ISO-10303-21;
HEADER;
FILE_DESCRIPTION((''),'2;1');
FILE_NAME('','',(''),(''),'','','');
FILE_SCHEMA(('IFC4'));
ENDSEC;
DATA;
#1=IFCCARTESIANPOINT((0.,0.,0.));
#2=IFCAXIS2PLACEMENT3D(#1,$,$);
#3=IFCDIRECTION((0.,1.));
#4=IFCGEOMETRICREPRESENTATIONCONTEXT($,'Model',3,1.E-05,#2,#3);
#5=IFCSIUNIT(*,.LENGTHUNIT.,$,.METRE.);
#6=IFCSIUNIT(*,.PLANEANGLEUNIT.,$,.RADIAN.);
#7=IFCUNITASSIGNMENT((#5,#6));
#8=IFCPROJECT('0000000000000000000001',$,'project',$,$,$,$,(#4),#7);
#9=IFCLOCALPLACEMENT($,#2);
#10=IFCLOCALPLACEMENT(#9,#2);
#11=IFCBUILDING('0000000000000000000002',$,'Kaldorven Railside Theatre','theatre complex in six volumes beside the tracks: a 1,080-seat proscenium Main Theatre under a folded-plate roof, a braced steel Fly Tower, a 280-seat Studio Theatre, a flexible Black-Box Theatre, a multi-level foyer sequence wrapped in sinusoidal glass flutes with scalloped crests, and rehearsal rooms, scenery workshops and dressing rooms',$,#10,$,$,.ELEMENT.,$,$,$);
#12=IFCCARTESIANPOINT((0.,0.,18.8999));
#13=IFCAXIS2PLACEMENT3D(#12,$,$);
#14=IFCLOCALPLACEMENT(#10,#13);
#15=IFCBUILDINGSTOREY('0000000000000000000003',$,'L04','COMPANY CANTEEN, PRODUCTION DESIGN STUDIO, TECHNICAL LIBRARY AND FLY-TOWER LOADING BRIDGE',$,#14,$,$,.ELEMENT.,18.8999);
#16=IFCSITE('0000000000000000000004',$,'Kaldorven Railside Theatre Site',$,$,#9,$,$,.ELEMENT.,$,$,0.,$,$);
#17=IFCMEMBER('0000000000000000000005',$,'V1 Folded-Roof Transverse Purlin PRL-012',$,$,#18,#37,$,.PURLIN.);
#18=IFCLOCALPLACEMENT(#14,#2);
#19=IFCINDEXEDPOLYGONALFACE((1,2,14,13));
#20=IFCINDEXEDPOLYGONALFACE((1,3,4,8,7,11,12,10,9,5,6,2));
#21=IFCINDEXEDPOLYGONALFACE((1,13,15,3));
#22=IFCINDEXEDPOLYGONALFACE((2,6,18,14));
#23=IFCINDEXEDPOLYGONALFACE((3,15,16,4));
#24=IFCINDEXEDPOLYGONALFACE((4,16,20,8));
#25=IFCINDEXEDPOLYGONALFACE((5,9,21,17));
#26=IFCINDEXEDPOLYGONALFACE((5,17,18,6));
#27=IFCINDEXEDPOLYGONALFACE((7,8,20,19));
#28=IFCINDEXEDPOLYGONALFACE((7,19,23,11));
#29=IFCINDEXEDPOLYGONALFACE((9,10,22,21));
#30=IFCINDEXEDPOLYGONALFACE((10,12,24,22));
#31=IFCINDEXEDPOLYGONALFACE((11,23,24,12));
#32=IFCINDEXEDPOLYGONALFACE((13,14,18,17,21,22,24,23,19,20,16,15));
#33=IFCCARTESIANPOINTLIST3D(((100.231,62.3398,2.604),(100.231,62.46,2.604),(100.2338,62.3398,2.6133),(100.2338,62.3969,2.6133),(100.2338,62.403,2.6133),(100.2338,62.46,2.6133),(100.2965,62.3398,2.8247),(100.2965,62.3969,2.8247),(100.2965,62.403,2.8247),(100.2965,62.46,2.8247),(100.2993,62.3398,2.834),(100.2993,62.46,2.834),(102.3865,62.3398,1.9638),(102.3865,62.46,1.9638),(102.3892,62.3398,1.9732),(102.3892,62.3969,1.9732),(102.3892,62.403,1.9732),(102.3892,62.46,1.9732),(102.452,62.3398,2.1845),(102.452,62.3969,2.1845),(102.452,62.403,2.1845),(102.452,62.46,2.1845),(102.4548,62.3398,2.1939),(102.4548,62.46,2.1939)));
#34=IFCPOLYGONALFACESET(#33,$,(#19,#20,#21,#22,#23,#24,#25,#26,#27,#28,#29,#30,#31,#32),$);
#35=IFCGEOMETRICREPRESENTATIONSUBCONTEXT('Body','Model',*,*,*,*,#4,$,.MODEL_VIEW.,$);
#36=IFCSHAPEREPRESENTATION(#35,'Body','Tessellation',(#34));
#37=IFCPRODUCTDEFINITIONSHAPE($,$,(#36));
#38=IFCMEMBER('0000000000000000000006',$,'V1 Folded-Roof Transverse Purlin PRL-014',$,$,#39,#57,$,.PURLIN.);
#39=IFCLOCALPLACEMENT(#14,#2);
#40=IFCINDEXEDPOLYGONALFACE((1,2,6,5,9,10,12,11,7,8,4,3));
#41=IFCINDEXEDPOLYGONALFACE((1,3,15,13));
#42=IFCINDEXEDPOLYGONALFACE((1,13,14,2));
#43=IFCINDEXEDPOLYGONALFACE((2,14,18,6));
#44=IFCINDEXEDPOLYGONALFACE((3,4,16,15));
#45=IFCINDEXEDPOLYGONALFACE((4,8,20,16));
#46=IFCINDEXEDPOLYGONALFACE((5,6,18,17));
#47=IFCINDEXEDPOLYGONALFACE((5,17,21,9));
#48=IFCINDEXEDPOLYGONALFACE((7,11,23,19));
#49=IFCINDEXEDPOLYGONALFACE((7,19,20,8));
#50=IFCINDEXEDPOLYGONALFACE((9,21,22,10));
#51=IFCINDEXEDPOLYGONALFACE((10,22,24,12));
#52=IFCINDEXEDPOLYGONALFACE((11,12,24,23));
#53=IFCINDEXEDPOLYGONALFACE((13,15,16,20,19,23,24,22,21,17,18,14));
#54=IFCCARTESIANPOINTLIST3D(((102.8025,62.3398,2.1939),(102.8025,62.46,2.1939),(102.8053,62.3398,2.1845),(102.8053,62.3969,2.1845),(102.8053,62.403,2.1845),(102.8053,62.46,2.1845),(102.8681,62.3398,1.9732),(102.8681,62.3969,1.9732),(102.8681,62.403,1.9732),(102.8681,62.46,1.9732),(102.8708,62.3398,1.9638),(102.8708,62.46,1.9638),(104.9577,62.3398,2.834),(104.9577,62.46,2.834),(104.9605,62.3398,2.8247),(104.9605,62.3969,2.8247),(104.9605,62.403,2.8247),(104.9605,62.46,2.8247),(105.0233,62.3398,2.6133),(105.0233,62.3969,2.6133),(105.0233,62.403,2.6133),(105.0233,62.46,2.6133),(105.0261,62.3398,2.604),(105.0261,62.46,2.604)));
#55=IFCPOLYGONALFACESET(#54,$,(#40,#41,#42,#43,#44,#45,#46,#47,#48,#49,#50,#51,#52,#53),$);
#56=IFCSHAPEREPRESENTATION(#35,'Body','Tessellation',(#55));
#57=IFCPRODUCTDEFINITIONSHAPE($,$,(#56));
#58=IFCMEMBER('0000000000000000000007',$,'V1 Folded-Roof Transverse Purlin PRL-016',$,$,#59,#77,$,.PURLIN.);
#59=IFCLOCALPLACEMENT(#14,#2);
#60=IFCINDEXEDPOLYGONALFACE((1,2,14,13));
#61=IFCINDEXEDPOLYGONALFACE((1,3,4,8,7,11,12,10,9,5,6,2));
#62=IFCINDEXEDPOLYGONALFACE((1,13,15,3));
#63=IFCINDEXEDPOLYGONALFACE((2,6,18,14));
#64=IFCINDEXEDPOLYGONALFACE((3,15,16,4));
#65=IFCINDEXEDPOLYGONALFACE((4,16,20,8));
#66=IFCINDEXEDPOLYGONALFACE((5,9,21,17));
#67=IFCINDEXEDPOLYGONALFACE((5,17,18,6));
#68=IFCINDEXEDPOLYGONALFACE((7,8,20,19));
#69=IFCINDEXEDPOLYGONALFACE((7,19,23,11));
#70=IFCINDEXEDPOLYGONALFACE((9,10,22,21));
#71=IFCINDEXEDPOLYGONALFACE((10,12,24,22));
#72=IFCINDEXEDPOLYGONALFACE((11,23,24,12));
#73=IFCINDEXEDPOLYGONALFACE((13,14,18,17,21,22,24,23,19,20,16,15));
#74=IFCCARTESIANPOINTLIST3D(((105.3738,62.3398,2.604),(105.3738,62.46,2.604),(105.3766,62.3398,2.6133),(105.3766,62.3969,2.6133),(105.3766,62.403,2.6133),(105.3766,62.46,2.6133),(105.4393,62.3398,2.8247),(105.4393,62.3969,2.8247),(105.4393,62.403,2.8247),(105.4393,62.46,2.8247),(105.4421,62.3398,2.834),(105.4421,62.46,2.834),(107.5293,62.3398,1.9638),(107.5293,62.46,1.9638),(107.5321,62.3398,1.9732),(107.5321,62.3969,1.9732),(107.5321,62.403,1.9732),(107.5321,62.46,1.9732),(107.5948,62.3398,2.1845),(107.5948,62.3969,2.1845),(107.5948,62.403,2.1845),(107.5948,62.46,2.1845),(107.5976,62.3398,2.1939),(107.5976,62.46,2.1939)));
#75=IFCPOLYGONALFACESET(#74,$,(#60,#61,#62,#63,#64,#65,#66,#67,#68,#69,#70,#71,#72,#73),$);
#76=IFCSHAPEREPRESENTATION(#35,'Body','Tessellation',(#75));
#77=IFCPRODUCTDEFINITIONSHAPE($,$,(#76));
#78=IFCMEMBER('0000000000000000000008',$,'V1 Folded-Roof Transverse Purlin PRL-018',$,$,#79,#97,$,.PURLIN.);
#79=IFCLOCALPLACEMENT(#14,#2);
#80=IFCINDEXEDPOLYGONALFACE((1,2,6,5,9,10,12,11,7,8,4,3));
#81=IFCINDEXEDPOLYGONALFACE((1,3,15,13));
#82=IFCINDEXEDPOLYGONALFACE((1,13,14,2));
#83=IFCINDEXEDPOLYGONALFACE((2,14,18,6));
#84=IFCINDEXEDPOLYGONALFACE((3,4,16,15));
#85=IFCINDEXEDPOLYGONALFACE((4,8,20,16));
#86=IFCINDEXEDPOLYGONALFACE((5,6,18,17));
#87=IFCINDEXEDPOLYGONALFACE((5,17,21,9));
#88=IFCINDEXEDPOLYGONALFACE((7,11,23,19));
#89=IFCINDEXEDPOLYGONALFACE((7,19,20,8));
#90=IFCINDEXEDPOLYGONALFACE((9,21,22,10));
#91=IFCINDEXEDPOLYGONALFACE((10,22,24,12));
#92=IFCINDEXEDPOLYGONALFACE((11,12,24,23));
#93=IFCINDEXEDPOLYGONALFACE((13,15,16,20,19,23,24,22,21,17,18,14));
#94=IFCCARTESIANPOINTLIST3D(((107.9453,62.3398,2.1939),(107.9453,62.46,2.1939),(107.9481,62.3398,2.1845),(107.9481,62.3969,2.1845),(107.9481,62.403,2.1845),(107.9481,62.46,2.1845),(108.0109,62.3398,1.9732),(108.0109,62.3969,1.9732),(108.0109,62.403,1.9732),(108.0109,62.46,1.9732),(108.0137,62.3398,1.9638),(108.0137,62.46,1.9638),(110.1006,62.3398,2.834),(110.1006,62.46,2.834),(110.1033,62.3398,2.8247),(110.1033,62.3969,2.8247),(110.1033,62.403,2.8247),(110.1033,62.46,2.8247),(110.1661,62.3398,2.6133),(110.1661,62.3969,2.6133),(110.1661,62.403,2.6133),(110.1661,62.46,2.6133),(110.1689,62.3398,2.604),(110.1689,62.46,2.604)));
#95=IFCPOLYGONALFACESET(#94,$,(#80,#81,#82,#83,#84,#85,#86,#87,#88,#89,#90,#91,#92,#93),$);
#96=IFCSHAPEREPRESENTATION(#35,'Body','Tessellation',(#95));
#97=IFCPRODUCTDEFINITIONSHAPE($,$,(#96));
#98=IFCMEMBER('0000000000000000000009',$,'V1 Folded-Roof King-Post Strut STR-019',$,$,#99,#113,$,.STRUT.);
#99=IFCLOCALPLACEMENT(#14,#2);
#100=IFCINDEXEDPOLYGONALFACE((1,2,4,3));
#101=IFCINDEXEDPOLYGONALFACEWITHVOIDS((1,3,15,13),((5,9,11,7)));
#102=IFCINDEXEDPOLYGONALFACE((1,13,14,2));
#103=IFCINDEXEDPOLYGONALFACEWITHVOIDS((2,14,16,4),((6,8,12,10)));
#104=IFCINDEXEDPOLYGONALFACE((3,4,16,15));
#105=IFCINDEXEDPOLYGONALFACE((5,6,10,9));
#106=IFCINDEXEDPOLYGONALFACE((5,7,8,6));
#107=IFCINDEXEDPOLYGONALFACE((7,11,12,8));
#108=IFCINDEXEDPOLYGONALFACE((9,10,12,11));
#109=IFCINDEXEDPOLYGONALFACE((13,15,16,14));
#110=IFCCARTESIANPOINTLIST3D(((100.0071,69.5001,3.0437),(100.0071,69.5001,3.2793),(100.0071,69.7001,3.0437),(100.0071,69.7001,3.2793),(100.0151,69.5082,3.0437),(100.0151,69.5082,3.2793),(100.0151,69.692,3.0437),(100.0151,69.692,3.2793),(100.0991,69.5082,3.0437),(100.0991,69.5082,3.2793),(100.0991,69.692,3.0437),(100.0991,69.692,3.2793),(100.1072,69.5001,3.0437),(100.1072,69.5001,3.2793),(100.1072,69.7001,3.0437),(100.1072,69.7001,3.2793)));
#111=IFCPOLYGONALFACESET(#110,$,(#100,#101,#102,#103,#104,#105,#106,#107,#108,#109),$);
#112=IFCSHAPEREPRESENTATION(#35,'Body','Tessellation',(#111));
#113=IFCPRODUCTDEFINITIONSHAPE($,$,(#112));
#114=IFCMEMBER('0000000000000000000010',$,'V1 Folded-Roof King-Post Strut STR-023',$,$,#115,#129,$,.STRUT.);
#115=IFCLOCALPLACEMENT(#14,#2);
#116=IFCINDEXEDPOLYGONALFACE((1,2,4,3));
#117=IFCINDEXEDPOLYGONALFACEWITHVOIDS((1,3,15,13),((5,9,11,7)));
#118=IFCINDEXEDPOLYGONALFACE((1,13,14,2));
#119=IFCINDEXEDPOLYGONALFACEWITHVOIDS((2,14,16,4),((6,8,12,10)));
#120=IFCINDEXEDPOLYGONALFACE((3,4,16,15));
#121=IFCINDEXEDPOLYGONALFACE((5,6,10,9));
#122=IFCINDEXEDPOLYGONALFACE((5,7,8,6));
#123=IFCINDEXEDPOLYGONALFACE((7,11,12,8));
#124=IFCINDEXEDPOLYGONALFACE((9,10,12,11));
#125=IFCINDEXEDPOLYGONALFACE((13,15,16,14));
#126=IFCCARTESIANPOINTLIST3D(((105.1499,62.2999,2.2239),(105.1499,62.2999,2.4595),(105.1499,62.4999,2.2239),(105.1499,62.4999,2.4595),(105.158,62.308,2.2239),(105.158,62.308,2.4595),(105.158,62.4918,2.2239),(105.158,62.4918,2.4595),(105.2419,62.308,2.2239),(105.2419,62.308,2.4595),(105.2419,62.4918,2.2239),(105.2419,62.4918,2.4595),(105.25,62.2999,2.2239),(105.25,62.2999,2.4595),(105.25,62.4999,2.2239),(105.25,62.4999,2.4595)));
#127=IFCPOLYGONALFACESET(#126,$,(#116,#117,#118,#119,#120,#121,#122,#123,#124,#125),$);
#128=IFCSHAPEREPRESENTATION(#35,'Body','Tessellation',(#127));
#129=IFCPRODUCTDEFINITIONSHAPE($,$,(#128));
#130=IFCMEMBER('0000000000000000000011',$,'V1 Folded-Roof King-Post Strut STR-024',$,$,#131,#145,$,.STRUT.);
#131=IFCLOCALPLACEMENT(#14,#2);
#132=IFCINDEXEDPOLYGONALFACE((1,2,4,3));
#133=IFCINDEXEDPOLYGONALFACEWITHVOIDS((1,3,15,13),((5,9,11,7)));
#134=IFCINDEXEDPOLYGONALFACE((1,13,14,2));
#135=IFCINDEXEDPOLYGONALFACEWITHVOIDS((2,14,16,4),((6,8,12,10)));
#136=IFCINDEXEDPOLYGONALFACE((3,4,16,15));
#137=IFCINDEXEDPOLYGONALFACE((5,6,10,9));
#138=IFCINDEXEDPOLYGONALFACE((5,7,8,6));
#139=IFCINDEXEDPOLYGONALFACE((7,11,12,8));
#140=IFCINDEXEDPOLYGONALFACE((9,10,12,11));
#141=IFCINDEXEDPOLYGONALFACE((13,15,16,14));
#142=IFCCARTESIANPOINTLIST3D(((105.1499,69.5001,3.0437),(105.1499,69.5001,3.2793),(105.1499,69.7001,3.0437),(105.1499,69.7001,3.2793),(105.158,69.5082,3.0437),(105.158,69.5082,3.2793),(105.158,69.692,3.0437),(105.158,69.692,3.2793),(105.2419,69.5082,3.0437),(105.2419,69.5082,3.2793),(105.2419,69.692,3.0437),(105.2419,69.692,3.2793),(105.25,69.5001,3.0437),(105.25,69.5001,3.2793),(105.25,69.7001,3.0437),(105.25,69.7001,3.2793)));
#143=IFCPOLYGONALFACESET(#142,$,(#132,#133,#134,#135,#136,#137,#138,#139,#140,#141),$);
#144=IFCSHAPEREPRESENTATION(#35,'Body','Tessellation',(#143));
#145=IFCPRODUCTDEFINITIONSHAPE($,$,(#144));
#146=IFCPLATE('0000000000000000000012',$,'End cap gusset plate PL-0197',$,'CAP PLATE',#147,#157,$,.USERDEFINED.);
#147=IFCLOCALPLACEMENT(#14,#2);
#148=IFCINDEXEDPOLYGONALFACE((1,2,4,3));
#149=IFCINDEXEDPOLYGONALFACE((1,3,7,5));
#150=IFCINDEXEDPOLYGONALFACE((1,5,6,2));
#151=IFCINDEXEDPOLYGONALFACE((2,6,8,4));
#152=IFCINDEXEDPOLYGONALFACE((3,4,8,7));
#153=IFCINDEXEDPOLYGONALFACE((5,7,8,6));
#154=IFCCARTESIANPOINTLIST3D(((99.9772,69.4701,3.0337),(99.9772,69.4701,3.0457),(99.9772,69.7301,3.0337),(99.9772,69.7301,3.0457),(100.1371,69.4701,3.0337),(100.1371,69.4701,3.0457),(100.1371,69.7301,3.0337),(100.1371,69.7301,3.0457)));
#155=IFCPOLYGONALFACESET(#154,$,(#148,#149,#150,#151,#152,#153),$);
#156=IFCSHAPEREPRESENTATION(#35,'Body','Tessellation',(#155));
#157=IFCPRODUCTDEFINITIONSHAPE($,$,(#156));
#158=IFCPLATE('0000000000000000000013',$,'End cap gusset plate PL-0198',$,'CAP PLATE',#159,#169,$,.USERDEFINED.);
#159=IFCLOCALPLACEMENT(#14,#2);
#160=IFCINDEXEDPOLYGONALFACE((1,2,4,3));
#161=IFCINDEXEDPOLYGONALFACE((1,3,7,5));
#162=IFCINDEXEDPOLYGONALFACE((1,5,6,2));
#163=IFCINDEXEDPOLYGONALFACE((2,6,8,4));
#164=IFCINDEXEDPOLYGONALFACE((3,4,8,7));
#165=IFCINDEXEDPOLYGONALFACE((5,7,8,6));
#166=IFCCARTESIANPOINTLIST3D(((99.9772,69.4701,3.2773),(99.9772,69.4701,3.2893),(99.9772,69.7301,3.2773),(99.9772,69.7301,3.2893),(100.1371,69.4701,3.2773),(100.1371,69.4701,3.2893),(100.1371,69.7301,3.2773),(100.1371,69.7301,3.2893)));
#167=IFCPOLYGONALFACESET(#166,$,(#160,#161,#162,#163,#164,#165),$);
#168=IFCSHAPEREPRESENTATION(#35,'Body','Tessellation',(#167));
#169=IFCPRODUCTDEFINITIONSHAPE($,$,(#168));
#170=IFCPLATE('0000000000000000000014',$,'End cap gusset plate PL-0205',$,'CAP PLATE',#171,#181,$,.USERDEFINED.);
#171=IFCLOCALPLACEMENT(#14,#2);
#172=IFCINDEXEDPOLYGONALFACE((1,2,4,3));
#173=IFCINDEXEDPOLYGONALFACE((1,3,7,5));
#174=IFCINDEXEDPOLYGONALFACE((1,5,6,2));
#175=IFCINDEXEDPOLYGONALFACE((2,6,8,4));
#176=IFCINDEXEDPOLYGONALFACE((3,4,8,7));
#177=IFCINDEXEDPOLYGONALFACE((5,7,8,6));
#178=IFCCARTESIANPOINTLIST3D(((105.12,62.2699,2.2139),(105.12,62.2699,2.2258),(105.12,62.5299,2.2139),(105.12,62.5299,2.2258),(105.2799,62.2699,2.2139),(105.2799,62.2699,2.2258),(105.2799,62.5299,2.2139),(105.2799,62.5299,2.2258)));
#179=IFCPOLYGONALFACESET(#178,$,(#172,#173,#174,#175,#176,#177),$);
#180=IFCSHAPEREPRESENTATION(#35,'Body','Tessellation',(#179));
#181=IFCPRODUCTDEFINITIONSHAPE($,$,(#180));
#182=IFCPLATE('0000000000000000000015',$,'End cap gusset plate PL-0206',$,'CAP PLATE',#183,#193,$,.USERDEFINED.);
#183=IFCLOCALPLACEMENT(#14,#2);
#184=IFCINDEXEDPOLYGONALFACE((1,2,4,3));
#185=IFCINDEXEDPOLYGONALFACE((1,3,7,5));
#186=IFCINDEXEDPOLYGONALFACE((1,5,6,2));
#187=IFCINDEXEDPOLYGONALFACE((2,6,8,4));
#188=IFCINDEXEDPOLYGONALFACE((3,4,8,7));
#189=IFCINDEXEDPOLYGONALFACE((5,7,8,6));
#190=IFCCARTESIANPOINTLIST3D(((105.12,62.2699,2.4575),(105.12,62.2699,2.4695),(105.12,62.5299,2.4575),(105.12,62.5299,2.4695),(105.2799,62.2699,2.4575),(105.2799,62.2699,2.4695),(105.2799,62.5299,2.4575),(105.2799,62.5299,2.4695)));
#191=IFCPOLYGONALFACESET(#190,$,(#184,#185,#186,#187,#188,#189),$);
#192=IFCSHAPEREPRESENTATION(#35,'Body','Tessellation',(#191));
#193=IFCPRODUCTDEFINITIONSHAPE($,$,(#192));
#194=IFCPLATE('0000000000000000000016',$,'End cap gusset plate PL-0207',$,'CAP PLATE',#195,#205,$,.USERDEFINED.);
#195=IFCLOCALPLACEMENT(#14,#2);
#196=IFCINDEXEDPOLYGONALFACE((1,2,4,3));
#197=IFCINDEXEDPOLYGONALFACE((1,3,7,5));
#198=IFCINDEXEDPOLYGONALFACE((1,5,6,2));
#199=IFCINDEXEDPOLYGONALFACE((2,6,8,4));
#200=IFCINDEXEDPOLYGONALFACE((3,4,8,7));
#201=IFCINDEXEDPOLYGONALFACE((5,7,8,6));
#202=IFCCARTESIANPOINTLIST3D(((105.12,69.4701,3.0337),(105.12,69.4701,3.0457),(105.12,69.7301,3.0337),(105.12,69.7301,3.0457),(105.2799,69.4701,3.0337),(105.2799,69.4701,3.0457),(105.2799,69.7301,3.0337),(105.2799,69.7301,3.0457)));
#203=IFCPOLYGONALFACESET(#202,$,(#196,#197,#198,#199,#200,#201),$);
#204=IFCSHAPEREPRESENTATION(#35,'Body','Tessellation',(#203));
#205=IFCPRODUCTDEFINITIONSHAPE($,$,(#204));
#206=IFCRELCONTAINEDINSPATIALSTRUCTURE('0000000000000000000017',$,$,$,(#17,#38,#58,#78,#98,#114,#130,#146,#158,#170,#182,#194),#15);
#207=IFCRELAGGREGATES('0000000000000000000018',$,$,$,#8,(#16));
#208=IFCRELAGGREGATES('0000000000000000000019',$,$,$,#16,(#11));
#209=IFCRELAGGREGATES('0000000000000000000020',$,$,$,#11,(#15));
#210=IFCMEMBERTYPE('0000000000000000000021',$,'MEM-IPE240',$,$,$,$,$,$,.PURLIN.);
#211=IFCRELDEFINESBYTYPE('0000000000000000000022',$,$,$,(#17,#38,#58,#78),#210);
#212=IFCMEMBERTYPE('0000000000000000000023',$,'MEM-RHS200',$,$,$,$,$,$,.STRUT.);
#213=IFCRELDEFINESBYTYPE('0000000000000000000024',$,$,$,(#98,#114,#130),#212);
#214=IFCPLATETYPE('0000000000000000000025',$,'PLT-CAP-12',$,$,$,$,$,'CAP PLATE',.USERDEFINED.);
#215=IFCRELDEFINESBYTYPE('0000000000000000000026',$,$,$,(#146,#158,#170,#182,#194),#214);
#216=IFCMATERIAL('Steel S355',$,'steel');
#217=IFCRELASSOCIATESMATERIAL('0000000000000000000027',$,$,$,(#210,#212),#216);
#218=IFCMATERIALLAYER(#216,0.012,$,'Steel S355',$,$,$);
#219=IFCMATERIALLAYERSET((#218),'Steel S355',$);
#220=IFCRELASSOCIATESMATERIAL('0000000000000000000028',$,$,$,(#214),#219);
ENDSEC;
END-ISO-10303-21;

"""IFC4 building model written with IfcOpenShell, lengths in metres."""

from ifc_helpers import new_model, si_unit, direction, frame, origin, origin_2d, place, context, subcontext, project, spatial, rectangle, hollow_rectangle, i_section, extrude, material, layer, layer_set, material_profile, profile_set, type_object, element, save


model = new_model("IFC4")

# Units and contexts
model_context = context("Model", 3, precision=1e-05, world=origin(), true_north=direction((0.0, 1.0)))
body_context = subcontext(model_context, "Body", "Model", "MODEL_VIEW")
ifc_project = project(units=[si_unit("LENGTHUNIT", "METRE"), si_unit("PLANEANGLEUNIT", "RADIAN")], contexts=[model_context])

# Site, building, storey
site_placement = place(None, origin())
site = spatial("IfcSite", under=ifc_project, at=site_placement, Name="Kaldorven Railside Theatre Site", CompositionType="ELEMENT", RefElevation=0.0)
building_placement = place(site_placement, origin())
building = spatial("IfcBuilding", under=site, at=building_placement, Name="Kaldorven Railside Theatre", Description="theatre complex in six volumes beside the tracks: a 1,080-seat proscenium Main Theatre under a folded-plate roof, a braced steel Fly Tower, a 280-seat Studio Theatre, a flexible Black-Box Theatre, a multi-level foyer sequence wrapped in sinusoidal glass flutes with scalloped crests, and rehearsal rooms, scenery workshops and dressing rooms", CompositionType="ELEMENT")
storey_placement = place(building_placement, frame((0.0, 0.0, 18.8999)))
storey = spatial("IfcBuildingStorey", under=building, at=storey_placement, Name="L04", Description="COMPANY CANTEEN, PRODUCTION DESIGN STUDIO, TECHNICAL LIBRARY AND FLY-TOWER LOADING BRIDGE", CompositionType="ELEMENT", Elevation=18.8999)

# Shared definitions
ifc_material = material(Name="Steel S355", Category="steel")

# Members
ifc_material_profile_1 = material_profile(ifc_material, i_section(OverallWidth=0.1201, OverallDepth=0.24, WebThickness=0.0061, FlangeThickness=0.0098, at=origin_2d()), Name="IPE 240")
ifc_profile_set_1 = profile_set([ifc_material_profile_1], Name="Steel S355")
member_type_1 = type_object("IfcMemberType", Name="MEM-IPE240", PredefinedType="PURLIN", material=ifc_profile_set_1)
member_1_placement = place(storey_placement, frame((100.2651, 62.3999, 2.719), z_axis=(0.95862, 0.0, -0.284687), x_axis=(0.0, 1.0, 0.0)))
element("IfcMember", 1, at=member_1_placement, inside=storey, type_object=member_type_1, Name="V1 Folded-Roof Transverse Purlin PRL-012", PredefinedType="PURLIN", context=body_context, shape_type="SweptSolid", body=[
    extrude(i_section(OverallWidth=0.1201, OverallDepth=0.24, WebThickness=0.0061, FlangeThickness=0.0098, at=origin_2d()), origin(), (0.0, 0.0, 1.0), 2.2485),
])
member_2_placement = place(storey_placement, frame((102.8367, 62.3999, 2.0789), z_axis=(0.958612, 0.0, 0.284717), x_axis=(0.0, 1.0, 0.0)))
element("IfcMember", 2, at=member_2_placement, inside=storey, type_object=member_type_1, Name="V1 Folded-Roof Transverse Purlin PRL-014", PredefinedType="PURLIN", context=body_context, shape_type="SweptSolid", body=[
    extrude(i_section(OverallWidth=0.1201, OverallDepth=0.24, WebThickness=0.0061, FlangeThickness=0.0098, at=origin_2d()), origin(), (0.0, 0.0, 1.0), 2.2483),
])
member_3_placement = place(storey_placement, frame((105.408, 62.3999, 2.719), z_axis=(0.95862, 0.0, -0.284687), x_axis=(0.0, 1.0, 0.0)))
element("IfcMember", 3, at=member_3_placement, inside=storey, type_object=member_type_1, Name="V1 Folded-Roof Transverse Purlin PRL-016", PredefinedType="PURLIN", context=body_context, shape_type="SweptSolid", body=[
    extrude(i_section(OverallWidth=0.1201, OverallDepth=0.24, WebThickness=0.0061, FlangeThickness=0.0098, at=origin_2d()), origin(), (0.0, 0.0, 1.0), 2.2485),
])
member_4_placement = place(storey_placement, frame((107.9795, 62.3999, 2.0789), z_axis=(0.958612, 0.0, 0.284717), x_axis=(0.0, 1.0, 0.0)))
element("IfcMember", 4, at=member_4_placement, inside=storey, type_object=member_type_1, Name="V1 Folded-Roof Transverse Purlin PRL-018", PredefinedType="PURLIN", context=body_context, shape_type="SweptSolid", body=[
    extrude(i_section(OverallWidth=0.1201, OverallDepth=0.24, WebThickness=0.0061, FlangeThickness=0.0098, at=origin_2d()), origin(), (0.0, 0.0, 1.0), 2.2483),
])
ifc_material_profile_2 = material_profile(ifc_material, hollow_rectangle(XDim=0.1001, YDim=0.2, WallThickness=0.0081, at=origin_2d()), Name="RHS 200x100x8")
ifc_profile_set_2 = profile_set([ifc_material_profile_2], Name="Steel S355")
member_type_2 = type_object("IfcMemberType", Name="MEM-RHS200", PredefinedType="STRUT", material=ifc_profile_set_2)
for number, where, z_axis, x_axis, name in (
    (5, (100.0571, 69.6001, 3.0437), (0.0, 0.0, 1.0), (1.0, 0.0, 0.0), "V1 Folded-Roof King-Post Strut STR-019"),
    (6, (105.2, 62.3999, 2.2239), (0.0, 0.0, 1.0), (1.0, 0.0, 0.0), "V1 Folded-Roof King-Post Strut STR-023"),
    (7, (105.2, 69.6001, 3.0437), (0.0, 0.0, 1.0), (1.0, 0.0, 0.0), "V1 Folded-Roof King-Post Strut STR-024"),
):
    element("IfcMember", number, at=place(storey_placement, frame(where, z_axis=z_axis, x_axis=x_axis)), inside=storey, type_object=member_type_2, Name=name, PredefinedType="STRUT", context=body_context, shape_type="SweptSolid", body=[
        extrude(hollow_rectangle(XDim=0.1001, YDim=0.2, WallThickness=0.0081, at=origin_2d()), origin(), (0.0, 0.0, 1.0), 0.2356),
    ])

# Plates
ifc_layer = layer(ifc_material, 0.012, Name="Steel S355")
ifc_layer_set = layer_set([ifc_layer], Name="Steel S355")
plate_type = type_object("IfcPlateType", Name="PLT-CAP-12", ElementType="CAP PLATE", PredefinedType="USERDEFINED", material=ifc_layer_set)
for number, where, z_axis, x_axis, name in (
    (8, (100.0571, 69.6001, 3.0337), (0.0, 0.0, 1.0), (1.0, 0.0, 0.0), "End cap gusset plate PL-0197"),
    (9, (100.0571, 69.6001, 3.2773), (0.0, 0.0, 1.0), (1.0, 0.0, 0.0), "End cap gusset plate PL-0198"),
    (10, (105.2, 62.3999, 2.2139), (0.0, 0.0, 1.0), (1.0, 0.0, 0.0), "End cap gusset plate PL-0205"),
    (11, (105.2, 62.3999, 2.4575), (0.0, 0.0, 1.0), (1.0, 0.0, 0.0), "End cap gusset plate PL-0206"),
    (12, (105.2, 69.6001, 3.0337), (0.0, 0.0, 1.0), (1.0, 0.0, 0.0), "End cap gusset plate PL-0207"),
):
    element("IfcPlate", number, at=place(storey_placement, frame(where, z_axis=z_axis, x_axis=x_axis)), inside=storey, type_object=plate_type, Name=name, ObjectType="CAP PLATE", PredefinedType="USERDEFINED", context=body_context, shape_type="SweptSolid", body=[
        extrude(rectangle(XDim=0.1599, YDim=0.26, at=origin_2d()), origin(), (0.0, 0.0, 1.0), 0.012),
    ])

save(model, "model.ifc")
